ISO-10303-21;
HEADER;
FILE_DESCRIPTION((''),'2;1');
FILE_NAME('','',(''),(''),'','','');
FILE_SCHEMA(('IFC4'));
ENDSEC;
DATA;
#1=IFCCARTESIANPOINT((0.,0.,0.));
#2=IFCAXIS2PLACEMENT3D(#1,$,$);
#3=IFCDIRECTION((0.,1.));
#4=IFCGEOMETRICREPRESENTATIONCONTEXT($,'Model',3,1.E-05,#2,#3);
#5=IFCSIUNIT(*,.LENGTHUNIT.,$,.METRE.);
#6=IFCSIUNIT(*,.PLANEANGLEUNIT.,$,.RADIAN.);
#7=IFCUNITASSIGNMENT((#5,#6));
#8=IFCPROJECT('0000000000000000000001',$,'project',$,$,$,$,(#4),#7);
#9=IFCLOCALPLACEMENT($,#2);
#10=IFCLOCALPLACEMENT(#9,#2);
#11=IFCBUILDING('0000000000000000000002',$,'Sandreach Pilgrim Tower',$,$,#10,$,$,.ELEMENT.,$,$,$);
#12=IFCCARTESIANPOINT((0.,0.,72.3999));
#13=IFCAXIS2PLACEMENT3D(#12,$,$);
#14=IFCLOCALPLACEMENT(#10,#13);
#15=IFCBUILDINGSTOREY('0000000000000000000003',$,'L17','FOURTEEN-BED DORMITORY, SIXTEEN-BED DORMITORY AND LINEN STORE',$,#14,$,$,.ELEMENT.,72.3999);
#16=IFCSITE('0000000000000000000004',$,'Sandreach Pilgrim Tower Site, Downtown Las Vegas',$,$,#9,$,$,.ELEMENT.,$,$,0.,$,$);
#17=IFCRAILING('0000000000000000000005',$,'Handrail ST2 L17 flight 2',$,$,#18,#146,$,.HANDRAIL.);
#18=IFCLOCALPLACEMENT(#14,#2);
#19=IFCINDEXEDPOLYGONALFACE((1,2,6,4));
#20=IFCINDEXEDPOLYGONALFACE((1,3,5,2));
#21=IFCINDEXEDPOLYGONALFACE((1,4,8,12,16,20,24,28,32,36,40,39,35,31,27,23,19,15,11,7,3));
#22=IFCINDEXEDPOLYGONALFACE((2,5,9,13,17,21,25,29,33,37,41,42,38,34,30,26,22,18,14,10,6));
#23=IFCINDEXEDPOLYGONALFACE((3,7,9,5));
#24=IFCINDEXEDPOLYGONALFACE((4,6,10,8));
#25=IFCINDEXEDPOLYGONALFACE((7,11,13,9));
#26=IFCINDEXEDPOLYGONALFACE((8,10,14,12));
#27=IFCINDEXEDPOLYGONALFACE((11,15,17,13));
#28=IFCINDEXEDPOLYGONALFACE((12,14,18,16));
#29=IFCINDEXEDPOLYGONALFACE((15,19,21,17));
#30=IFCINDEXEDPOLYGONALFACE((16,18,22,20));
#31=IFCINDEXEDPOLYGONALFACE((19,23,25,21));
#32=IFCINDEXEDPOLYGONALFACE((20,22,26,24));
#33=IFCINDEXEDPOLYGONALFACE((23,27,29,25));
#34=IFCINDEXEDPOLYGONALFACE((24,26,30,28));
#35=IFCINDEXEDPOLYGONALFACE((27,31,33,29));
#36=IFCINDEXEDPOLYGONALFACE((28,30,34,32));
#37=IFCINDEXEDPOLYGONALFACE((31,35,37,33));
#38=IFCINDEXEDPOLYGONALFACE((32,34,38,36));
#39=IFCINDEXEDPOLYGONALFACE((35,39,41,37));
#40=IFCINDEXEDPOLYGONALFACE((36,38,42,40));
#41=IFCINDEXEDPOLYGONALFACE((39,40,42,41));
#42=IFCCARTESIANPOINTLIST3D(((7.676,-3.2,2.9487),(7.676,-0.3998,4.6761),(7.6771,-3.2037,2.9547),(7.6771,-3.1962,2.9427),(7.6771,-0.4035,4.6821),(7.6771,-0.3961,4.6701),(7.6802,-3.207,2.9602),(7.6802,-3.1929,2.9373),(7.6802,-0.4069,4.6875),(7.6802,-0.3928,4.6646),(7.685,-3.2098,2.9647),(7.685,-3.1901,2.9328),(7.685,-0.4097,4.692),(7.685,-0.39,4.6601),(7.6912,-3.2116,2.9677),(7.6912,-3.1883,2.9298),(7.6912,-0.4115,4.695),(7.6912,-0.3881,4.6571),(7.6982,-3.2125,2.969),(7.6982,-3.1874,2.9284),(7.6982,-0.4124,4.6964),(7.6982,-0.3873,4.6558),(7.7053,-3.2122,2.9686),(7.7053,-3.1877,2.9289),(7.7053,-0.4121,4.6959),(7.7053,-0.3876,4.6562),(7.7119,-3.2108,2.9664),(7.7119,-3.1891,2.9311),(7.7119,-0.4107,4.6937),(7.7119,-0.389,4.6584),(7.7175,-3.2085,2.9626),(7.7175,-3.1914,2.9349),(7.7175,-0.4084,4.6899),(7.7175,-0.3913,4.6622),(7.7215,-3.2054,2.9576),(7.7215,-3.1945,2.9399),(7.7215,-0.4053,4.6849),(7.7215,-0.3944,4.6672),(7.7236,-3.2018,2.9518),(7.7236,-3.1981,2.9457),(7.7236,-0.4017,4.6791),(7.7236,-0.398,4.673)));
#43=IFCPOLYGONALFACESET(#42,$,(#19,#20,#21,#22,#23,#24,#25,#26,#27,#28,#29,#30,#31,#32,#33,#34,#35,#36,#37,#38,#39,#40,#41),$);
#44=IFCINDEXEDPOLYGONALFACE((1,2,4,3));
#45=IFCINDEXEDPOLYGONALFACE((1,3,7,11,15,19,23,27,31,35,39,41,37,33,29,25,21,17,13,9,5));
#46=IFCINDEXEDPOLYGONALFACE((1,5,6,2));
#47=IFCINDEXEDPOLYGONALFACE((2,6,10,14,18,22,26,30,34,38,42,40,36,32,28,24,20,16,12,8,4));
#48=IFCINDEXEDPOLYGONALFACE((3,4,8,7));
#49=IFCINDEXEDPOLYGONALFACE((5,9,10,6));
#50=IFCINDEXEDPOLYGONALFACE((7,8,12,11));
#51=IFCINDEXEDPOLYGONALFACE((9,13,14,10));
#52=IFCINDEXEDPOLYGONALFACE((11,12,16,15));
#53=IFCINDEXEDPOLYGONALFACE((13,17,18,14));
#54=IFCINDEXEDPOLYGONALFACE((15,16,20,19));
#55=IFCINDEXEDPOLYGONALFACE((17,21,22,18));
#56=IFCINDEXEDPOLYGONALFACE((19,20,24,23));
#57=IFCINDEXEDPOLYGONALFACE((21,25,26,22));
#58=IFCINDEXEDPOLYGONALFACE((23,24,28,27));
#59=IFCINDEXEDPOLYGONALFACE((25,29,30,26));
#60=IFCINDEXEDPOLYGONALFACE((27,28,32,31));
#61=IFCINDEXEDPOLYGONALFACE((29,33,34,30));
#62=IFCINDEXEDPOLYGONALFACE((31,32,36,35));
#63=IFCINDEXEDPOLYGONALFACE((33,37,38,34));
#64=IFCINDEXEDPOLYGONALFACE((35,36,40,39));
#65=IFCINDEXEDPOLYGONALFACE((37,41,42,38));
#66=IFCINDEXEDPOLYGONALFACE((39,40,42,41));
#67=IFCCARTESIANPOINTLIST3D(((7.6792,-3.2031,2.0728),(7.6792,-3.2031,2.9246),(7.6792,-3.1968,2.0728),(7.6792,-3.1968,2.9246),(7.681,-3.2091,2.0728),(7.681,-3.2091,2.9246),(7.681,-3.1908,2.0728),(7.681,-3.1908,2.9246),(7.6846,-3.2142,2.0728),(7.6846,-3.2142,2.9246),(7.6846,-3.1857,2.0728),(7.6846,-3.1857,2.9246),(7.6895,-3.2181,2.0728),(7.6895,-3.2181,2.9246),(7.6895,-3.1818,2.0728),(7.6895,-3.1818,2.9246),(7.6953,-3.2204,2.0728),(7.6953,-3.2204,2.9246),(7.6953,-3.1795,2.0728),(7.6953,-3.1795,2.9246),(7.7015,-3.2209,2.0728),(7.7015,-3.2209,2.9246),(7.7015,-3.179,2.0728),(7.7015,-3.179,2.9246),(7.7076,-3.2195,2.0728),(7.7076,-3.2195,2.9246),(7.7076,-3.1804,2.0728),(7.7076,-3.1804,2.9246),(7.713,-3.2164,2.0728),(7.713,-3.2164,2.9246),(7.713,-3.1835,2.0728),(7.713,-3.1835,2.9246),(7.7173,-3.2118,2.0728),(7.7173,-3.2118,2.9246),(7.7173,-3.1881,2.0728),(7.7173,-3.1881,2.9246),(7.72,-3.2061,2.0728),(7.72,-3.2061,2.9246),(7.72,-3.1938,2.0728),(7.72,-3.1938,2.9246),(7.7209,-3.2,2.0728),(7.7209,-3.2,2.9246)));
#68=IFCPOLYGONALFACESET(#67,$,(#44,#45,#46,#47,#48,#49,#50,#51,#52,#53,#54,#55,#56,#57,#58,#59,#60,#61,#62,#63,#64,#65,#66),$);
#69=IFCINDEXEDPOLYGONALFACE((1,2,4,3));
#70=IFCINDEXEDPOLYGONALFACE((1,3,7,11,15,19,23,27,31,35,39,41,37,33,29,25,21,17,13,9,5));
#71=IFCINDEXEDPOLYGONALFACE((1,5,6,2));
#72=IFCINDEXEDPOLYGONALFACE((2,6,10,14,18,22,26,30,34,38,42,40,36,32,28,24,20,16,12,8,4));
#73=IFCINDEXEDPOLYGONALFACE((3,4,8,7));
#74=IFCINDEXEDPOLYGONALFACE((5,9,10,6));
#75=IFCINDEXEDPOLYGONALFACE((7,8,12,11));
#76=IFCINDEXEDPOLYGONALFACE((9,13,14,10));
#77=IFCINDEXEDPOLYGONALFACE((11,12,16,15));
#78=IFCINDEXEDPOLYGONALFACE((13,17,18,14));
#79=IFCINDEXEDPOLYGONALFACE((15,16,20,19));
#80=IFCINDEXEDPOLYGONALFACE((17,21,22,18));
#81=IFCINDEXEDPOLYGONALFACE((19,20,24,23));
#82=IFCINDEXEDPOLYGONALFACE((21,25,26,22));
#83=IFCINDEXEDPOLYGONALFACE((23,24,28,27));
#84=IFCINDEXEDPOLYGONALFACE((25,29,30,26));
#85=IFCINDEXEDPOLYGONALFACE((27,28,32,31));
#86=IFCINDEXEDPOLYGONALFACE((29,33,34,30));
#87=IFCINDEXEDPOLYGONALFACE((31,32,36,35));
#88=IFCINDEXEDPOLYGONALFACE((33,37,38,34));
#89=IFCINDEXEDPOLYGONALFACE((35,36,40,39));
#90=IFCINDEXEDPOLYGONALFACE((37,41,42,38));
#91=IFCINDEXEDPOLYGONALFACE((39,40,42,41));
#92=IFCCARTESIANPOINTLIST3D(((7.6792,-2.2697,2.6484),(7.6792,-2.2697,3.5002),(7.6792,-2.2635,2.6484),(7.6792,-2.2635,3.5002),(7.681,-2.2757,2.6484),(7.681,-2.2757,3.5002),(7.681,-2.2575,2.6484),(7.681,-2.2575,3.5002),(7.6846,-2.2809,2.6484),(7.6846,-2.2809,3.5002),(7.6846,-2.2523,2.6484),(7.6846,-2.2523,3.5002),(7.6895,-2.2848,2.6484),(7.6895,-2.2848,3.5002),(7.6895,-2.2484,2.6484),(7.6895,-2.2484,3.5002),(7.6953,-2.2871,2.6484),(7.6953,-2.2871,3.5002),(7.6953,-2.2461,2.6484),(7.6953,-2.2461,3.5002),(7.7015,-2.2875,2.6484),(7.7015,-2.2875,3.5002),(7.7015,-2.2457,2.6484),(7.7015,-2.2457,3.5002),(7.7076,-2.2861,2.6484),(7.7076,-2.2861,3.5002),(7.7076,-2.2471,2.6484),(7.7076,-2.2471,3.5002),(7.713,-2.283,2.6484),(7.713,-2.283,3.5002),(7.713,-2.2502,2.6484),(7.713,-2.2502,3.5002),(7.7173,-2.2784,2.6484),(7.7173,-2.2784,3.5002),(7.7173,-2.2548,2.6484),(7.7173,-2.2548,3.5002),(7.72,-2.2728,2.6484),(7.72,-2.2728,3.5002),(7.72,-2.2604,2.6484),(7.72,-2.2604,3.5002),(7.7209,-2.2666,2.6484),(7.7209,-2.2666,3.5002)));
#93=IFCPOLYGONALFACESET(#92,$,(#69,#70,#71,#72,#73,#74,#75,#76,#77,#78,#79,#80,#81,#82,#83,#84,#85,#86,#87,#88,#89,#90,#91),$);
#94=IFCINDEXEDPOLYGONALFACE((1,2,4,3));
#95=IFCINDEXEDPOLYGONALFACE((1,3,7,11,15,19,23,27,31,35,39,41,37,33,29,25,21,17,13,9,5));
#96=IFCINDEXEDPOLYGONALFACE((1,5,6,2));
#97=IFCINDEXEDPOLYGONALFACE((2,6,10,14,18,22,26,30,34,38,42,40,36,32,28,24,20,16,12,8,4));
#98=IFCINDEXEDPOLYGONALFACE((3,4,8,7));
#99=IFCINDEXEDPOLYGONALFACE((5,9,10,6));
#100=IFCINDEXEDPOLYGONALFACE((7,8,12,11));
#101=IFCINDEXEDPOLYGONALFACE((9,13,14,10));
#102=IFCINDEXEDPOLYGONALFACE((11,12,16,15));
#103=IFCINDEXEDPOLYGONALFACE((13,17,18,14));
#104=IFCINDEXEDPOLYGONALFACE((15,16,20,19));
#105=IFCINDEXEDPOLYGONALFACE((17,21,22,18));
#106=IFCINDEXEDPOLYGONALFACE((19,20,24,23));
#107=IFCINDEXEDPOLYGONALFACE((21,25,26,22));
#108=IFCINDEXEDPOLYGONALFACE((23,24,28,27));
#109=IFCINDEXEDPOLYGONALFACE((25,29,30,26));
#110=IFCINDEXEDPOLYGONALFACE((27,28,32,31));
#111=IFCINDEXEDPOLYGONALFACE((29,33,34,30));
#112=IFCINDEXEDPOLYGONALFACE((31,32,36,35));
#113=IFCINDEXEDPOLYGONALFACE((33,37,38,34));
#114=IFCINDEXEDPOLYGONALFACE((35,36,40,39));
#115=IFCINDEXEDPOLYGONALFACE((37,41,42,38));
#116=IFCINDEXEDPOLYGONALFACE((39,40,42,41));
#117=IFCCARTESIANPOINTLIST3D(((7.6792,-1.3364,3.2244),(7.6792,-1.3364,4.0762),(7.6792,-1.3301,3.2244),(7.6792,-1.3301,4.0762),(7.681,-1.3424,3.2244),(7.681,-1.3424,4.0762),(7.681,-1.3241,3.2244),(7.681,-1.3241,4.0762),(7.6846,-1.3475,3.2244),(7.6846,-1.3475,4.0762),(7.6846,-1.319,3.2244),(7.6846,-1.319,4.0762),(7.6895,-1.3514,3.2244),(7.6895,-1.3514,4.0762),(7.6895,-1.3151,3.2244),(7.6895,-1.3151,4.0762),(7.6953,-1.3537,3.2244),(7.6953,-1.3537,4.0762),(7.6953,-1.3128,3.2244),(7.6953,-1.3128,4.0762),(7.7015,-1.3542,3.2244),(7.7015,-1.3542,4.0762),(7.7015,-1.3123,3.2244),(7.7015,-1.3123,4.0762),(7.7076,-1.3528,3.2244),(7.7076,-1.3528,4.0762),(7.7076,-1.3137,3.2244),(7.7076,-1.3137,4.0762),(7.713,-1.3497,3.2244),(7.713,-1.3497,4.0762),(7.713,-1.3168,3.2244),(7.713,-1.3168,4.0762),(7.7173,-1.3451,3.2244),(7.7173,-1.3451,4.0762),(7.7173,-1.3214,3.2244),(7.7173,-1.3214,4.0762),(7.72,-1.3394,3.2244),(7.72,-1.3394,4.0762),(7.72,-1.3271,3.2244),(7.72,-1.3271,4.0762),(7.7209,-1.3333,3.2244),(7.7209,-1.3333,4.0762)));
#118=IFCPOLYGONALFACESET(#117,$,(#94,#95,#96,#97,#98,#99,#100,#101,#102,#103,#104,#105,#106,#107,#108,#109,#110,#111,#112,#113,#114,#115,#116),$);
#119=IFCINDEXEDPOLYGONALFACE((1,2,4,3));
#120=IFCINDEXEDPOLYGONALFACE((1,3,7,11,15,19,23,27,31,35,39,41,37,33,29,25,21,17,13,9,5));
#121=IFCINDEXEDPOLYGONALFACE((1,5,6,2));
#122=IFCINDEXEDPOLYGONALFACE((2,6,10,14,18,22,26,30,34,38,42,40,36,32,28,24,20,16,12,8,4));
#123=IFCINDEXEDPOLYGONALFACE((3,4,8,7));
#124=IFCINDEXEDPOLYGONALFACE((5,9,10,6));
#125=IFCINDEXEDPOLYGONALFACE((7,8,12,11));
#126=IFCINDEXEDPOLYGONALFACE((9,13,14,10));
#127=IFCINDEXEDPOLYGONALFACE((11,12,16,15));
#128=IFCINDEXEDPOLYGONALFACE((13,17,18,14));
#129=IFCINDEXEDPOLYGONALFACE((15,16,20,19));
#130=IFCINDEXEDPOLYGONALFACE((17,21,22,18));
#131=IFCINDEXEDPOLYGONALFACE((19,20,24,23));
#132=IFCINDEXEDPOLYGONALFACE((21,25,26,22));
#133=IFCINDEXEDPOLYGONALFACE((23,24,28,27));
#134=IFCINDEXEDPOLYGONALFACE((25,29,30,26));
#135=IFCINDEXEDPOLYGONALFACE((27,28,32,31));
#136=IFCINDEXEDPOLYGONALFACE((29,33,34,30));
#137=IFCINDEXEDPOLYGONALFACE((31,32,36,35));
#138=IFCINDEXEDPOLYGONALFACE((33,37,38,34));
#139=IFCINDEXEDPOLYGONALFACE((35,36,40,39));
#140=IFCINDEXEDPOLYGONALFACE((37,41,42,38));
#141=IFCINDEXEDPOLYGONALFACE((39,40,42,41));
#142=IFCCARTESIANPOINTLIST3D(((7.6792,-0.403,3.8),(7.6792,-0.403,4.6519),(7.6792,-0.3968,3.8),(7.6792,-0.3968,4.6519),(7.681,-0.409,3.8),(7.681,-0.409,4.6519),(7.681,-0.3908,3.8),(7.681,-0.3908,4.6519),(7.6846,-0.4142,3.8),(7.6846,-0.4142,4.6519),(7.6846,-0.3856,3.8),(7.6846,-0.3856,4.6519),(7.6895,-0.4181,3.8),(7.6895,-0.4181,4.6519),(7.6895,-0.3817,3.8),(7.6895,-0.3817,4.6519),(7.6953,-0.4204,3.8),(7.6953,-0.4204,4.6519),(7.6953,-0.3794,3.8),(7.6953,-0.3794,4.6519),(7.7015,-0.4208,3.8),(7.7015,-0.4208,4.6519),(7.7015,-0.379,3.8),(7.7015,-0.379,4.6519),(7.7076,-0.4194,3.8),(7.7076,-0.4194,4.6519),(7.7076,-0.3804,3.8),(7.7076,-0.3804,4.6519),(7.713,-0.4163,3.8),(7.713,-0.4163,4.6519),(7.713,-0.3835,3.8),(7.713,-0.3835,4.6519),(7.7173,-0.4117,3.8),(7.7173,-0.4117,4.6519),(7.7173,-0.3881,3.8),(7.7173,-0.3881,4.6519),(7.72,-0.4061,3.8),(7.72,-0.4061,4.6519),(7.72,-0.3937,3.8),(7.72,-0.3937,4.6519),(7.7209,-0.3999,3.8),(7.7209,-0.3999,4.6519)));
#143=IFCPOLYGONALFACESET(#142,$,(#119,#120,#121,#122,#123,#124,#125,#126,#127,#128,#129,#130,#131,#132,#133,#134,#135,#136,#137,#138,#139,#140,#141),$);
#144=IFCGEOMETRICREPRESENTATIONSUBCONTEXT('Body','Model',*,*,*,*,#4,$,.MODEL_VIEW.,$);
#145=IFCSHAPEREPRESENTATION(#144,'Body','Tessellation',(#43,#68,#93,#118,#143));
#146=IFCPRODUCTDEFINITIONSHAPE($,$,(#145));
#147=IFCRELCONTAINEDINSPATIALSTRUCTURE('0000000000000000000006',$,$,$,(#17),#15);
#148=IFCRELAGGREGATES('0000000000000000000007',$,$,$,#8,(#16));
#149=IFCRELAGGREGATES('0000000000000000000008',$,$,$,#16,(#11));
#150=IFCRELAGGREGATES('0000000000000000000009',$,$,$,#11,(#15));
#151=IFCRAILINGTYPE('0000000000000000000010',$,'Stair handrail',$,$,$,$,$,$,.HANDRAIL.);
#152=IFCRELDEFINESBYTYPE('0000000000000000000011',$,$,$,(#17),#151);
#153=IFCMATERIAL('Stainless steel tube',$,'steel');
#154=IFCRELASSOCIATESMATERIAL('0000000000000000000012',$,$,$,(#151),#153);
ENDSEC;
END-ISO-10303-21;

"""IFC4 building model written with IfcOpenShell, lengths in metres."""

from ifc_helpers import new_model, si_unit, direction, frame, origin, origin_2d, place, context, subcontext, project, spatial, circle, extrude, material, type_object, element, save


model = new_model("IFC4")

# Units and contexts
model_context = context("Model", 3, precision=1e-05, world=origin(), true_north=direction((0.0, 1.0)))
body_context = subcontext(model_context, "Body", "Model", "MODEL_VIEW")
ifc_project = project(units=[si_unit("LENGTHUNIT", "METRE"), si_unit("PLANEANGLEUNIT", "RADIAN")], contexts=[model_context])

# Site, building, storey
site_placement = place(None, origin())
site = spatial("IfcSite", under=ifc_project, at=site_placement, Name="Sandreach Pilgrim Tower Site, Downtown Las Vegas", CompositionType="ELEMENT", RefElevation=0.0)
building_placement = place(site_placement, origin())
building = spatial("IfcBuilding", under=site, at=building_placement, Name="Sandreach Pilgrim Tower", CompositionType="ELEMENT")
storey_placement = place(building_placement, frame((0.0, 0.0, 72.3999)))
storey = spatial("IfcBuildingStorey", under=building, at=storey_placement, Name="L17", Description="FOURTEEN-BED DORMITORY, SIXTEEN-BED DORMITORY AND LINEN STORE", CompositionType="ELEMENT", Elevation=72.3999)

# Railing
ifc_material_1 = material(Name="Stainless steel tube", Category="steel")
railing_type = type_object("IfcRailingType", Name="Stair handrail", PredefinedType="HANDRAIL", material=ifc_material_1)
for number, where, name in (
    (1, (7.7, -3.2, 2.0728), "Handrail ST2 L17 flight 2"),
):
    element("IfcRailing", number, at=place(storey_placement, frame(where)), inside=storey, type_object=railing_type, Name=name, PredefinedType="HANDRAIL", context=body_context, shape_type="SweptSolid", body=[
        extrude(circle(Radius=0.0239, at=origin_2d()), frame((0.0, 0.0, 0.876), z_axis=(0.0, 0.85109, 0.52502), x_axis=(-1.0, 0.0, 0.0)), (0.0, 0.0, 1.0), 3.29),
        extrude(circle(Radius=0.021, at=origin_2d()), origin(), (0.0, 0.0, 1.0), 0.8518),
        extrude(circle(Radius=0.021, at=origin_2d()), frame((0.0, 0.9333, 0.5757)), (0.0, 0.0, 1.0), 0.8518),
        extrude(circle(Radius=0.021, at=origin_2d()), frame((0.0, 1.8667, 1.1516)), (0.0, 0.0, 1.0), 0.8518),
        extrude(circle(Radius=0.021, at=origin_2d()), frame((0.0, 2.8, 1.7273)), (0.0, 0.0, 1.0), 0.8518),
    ])

save(model, "model.ifc")
